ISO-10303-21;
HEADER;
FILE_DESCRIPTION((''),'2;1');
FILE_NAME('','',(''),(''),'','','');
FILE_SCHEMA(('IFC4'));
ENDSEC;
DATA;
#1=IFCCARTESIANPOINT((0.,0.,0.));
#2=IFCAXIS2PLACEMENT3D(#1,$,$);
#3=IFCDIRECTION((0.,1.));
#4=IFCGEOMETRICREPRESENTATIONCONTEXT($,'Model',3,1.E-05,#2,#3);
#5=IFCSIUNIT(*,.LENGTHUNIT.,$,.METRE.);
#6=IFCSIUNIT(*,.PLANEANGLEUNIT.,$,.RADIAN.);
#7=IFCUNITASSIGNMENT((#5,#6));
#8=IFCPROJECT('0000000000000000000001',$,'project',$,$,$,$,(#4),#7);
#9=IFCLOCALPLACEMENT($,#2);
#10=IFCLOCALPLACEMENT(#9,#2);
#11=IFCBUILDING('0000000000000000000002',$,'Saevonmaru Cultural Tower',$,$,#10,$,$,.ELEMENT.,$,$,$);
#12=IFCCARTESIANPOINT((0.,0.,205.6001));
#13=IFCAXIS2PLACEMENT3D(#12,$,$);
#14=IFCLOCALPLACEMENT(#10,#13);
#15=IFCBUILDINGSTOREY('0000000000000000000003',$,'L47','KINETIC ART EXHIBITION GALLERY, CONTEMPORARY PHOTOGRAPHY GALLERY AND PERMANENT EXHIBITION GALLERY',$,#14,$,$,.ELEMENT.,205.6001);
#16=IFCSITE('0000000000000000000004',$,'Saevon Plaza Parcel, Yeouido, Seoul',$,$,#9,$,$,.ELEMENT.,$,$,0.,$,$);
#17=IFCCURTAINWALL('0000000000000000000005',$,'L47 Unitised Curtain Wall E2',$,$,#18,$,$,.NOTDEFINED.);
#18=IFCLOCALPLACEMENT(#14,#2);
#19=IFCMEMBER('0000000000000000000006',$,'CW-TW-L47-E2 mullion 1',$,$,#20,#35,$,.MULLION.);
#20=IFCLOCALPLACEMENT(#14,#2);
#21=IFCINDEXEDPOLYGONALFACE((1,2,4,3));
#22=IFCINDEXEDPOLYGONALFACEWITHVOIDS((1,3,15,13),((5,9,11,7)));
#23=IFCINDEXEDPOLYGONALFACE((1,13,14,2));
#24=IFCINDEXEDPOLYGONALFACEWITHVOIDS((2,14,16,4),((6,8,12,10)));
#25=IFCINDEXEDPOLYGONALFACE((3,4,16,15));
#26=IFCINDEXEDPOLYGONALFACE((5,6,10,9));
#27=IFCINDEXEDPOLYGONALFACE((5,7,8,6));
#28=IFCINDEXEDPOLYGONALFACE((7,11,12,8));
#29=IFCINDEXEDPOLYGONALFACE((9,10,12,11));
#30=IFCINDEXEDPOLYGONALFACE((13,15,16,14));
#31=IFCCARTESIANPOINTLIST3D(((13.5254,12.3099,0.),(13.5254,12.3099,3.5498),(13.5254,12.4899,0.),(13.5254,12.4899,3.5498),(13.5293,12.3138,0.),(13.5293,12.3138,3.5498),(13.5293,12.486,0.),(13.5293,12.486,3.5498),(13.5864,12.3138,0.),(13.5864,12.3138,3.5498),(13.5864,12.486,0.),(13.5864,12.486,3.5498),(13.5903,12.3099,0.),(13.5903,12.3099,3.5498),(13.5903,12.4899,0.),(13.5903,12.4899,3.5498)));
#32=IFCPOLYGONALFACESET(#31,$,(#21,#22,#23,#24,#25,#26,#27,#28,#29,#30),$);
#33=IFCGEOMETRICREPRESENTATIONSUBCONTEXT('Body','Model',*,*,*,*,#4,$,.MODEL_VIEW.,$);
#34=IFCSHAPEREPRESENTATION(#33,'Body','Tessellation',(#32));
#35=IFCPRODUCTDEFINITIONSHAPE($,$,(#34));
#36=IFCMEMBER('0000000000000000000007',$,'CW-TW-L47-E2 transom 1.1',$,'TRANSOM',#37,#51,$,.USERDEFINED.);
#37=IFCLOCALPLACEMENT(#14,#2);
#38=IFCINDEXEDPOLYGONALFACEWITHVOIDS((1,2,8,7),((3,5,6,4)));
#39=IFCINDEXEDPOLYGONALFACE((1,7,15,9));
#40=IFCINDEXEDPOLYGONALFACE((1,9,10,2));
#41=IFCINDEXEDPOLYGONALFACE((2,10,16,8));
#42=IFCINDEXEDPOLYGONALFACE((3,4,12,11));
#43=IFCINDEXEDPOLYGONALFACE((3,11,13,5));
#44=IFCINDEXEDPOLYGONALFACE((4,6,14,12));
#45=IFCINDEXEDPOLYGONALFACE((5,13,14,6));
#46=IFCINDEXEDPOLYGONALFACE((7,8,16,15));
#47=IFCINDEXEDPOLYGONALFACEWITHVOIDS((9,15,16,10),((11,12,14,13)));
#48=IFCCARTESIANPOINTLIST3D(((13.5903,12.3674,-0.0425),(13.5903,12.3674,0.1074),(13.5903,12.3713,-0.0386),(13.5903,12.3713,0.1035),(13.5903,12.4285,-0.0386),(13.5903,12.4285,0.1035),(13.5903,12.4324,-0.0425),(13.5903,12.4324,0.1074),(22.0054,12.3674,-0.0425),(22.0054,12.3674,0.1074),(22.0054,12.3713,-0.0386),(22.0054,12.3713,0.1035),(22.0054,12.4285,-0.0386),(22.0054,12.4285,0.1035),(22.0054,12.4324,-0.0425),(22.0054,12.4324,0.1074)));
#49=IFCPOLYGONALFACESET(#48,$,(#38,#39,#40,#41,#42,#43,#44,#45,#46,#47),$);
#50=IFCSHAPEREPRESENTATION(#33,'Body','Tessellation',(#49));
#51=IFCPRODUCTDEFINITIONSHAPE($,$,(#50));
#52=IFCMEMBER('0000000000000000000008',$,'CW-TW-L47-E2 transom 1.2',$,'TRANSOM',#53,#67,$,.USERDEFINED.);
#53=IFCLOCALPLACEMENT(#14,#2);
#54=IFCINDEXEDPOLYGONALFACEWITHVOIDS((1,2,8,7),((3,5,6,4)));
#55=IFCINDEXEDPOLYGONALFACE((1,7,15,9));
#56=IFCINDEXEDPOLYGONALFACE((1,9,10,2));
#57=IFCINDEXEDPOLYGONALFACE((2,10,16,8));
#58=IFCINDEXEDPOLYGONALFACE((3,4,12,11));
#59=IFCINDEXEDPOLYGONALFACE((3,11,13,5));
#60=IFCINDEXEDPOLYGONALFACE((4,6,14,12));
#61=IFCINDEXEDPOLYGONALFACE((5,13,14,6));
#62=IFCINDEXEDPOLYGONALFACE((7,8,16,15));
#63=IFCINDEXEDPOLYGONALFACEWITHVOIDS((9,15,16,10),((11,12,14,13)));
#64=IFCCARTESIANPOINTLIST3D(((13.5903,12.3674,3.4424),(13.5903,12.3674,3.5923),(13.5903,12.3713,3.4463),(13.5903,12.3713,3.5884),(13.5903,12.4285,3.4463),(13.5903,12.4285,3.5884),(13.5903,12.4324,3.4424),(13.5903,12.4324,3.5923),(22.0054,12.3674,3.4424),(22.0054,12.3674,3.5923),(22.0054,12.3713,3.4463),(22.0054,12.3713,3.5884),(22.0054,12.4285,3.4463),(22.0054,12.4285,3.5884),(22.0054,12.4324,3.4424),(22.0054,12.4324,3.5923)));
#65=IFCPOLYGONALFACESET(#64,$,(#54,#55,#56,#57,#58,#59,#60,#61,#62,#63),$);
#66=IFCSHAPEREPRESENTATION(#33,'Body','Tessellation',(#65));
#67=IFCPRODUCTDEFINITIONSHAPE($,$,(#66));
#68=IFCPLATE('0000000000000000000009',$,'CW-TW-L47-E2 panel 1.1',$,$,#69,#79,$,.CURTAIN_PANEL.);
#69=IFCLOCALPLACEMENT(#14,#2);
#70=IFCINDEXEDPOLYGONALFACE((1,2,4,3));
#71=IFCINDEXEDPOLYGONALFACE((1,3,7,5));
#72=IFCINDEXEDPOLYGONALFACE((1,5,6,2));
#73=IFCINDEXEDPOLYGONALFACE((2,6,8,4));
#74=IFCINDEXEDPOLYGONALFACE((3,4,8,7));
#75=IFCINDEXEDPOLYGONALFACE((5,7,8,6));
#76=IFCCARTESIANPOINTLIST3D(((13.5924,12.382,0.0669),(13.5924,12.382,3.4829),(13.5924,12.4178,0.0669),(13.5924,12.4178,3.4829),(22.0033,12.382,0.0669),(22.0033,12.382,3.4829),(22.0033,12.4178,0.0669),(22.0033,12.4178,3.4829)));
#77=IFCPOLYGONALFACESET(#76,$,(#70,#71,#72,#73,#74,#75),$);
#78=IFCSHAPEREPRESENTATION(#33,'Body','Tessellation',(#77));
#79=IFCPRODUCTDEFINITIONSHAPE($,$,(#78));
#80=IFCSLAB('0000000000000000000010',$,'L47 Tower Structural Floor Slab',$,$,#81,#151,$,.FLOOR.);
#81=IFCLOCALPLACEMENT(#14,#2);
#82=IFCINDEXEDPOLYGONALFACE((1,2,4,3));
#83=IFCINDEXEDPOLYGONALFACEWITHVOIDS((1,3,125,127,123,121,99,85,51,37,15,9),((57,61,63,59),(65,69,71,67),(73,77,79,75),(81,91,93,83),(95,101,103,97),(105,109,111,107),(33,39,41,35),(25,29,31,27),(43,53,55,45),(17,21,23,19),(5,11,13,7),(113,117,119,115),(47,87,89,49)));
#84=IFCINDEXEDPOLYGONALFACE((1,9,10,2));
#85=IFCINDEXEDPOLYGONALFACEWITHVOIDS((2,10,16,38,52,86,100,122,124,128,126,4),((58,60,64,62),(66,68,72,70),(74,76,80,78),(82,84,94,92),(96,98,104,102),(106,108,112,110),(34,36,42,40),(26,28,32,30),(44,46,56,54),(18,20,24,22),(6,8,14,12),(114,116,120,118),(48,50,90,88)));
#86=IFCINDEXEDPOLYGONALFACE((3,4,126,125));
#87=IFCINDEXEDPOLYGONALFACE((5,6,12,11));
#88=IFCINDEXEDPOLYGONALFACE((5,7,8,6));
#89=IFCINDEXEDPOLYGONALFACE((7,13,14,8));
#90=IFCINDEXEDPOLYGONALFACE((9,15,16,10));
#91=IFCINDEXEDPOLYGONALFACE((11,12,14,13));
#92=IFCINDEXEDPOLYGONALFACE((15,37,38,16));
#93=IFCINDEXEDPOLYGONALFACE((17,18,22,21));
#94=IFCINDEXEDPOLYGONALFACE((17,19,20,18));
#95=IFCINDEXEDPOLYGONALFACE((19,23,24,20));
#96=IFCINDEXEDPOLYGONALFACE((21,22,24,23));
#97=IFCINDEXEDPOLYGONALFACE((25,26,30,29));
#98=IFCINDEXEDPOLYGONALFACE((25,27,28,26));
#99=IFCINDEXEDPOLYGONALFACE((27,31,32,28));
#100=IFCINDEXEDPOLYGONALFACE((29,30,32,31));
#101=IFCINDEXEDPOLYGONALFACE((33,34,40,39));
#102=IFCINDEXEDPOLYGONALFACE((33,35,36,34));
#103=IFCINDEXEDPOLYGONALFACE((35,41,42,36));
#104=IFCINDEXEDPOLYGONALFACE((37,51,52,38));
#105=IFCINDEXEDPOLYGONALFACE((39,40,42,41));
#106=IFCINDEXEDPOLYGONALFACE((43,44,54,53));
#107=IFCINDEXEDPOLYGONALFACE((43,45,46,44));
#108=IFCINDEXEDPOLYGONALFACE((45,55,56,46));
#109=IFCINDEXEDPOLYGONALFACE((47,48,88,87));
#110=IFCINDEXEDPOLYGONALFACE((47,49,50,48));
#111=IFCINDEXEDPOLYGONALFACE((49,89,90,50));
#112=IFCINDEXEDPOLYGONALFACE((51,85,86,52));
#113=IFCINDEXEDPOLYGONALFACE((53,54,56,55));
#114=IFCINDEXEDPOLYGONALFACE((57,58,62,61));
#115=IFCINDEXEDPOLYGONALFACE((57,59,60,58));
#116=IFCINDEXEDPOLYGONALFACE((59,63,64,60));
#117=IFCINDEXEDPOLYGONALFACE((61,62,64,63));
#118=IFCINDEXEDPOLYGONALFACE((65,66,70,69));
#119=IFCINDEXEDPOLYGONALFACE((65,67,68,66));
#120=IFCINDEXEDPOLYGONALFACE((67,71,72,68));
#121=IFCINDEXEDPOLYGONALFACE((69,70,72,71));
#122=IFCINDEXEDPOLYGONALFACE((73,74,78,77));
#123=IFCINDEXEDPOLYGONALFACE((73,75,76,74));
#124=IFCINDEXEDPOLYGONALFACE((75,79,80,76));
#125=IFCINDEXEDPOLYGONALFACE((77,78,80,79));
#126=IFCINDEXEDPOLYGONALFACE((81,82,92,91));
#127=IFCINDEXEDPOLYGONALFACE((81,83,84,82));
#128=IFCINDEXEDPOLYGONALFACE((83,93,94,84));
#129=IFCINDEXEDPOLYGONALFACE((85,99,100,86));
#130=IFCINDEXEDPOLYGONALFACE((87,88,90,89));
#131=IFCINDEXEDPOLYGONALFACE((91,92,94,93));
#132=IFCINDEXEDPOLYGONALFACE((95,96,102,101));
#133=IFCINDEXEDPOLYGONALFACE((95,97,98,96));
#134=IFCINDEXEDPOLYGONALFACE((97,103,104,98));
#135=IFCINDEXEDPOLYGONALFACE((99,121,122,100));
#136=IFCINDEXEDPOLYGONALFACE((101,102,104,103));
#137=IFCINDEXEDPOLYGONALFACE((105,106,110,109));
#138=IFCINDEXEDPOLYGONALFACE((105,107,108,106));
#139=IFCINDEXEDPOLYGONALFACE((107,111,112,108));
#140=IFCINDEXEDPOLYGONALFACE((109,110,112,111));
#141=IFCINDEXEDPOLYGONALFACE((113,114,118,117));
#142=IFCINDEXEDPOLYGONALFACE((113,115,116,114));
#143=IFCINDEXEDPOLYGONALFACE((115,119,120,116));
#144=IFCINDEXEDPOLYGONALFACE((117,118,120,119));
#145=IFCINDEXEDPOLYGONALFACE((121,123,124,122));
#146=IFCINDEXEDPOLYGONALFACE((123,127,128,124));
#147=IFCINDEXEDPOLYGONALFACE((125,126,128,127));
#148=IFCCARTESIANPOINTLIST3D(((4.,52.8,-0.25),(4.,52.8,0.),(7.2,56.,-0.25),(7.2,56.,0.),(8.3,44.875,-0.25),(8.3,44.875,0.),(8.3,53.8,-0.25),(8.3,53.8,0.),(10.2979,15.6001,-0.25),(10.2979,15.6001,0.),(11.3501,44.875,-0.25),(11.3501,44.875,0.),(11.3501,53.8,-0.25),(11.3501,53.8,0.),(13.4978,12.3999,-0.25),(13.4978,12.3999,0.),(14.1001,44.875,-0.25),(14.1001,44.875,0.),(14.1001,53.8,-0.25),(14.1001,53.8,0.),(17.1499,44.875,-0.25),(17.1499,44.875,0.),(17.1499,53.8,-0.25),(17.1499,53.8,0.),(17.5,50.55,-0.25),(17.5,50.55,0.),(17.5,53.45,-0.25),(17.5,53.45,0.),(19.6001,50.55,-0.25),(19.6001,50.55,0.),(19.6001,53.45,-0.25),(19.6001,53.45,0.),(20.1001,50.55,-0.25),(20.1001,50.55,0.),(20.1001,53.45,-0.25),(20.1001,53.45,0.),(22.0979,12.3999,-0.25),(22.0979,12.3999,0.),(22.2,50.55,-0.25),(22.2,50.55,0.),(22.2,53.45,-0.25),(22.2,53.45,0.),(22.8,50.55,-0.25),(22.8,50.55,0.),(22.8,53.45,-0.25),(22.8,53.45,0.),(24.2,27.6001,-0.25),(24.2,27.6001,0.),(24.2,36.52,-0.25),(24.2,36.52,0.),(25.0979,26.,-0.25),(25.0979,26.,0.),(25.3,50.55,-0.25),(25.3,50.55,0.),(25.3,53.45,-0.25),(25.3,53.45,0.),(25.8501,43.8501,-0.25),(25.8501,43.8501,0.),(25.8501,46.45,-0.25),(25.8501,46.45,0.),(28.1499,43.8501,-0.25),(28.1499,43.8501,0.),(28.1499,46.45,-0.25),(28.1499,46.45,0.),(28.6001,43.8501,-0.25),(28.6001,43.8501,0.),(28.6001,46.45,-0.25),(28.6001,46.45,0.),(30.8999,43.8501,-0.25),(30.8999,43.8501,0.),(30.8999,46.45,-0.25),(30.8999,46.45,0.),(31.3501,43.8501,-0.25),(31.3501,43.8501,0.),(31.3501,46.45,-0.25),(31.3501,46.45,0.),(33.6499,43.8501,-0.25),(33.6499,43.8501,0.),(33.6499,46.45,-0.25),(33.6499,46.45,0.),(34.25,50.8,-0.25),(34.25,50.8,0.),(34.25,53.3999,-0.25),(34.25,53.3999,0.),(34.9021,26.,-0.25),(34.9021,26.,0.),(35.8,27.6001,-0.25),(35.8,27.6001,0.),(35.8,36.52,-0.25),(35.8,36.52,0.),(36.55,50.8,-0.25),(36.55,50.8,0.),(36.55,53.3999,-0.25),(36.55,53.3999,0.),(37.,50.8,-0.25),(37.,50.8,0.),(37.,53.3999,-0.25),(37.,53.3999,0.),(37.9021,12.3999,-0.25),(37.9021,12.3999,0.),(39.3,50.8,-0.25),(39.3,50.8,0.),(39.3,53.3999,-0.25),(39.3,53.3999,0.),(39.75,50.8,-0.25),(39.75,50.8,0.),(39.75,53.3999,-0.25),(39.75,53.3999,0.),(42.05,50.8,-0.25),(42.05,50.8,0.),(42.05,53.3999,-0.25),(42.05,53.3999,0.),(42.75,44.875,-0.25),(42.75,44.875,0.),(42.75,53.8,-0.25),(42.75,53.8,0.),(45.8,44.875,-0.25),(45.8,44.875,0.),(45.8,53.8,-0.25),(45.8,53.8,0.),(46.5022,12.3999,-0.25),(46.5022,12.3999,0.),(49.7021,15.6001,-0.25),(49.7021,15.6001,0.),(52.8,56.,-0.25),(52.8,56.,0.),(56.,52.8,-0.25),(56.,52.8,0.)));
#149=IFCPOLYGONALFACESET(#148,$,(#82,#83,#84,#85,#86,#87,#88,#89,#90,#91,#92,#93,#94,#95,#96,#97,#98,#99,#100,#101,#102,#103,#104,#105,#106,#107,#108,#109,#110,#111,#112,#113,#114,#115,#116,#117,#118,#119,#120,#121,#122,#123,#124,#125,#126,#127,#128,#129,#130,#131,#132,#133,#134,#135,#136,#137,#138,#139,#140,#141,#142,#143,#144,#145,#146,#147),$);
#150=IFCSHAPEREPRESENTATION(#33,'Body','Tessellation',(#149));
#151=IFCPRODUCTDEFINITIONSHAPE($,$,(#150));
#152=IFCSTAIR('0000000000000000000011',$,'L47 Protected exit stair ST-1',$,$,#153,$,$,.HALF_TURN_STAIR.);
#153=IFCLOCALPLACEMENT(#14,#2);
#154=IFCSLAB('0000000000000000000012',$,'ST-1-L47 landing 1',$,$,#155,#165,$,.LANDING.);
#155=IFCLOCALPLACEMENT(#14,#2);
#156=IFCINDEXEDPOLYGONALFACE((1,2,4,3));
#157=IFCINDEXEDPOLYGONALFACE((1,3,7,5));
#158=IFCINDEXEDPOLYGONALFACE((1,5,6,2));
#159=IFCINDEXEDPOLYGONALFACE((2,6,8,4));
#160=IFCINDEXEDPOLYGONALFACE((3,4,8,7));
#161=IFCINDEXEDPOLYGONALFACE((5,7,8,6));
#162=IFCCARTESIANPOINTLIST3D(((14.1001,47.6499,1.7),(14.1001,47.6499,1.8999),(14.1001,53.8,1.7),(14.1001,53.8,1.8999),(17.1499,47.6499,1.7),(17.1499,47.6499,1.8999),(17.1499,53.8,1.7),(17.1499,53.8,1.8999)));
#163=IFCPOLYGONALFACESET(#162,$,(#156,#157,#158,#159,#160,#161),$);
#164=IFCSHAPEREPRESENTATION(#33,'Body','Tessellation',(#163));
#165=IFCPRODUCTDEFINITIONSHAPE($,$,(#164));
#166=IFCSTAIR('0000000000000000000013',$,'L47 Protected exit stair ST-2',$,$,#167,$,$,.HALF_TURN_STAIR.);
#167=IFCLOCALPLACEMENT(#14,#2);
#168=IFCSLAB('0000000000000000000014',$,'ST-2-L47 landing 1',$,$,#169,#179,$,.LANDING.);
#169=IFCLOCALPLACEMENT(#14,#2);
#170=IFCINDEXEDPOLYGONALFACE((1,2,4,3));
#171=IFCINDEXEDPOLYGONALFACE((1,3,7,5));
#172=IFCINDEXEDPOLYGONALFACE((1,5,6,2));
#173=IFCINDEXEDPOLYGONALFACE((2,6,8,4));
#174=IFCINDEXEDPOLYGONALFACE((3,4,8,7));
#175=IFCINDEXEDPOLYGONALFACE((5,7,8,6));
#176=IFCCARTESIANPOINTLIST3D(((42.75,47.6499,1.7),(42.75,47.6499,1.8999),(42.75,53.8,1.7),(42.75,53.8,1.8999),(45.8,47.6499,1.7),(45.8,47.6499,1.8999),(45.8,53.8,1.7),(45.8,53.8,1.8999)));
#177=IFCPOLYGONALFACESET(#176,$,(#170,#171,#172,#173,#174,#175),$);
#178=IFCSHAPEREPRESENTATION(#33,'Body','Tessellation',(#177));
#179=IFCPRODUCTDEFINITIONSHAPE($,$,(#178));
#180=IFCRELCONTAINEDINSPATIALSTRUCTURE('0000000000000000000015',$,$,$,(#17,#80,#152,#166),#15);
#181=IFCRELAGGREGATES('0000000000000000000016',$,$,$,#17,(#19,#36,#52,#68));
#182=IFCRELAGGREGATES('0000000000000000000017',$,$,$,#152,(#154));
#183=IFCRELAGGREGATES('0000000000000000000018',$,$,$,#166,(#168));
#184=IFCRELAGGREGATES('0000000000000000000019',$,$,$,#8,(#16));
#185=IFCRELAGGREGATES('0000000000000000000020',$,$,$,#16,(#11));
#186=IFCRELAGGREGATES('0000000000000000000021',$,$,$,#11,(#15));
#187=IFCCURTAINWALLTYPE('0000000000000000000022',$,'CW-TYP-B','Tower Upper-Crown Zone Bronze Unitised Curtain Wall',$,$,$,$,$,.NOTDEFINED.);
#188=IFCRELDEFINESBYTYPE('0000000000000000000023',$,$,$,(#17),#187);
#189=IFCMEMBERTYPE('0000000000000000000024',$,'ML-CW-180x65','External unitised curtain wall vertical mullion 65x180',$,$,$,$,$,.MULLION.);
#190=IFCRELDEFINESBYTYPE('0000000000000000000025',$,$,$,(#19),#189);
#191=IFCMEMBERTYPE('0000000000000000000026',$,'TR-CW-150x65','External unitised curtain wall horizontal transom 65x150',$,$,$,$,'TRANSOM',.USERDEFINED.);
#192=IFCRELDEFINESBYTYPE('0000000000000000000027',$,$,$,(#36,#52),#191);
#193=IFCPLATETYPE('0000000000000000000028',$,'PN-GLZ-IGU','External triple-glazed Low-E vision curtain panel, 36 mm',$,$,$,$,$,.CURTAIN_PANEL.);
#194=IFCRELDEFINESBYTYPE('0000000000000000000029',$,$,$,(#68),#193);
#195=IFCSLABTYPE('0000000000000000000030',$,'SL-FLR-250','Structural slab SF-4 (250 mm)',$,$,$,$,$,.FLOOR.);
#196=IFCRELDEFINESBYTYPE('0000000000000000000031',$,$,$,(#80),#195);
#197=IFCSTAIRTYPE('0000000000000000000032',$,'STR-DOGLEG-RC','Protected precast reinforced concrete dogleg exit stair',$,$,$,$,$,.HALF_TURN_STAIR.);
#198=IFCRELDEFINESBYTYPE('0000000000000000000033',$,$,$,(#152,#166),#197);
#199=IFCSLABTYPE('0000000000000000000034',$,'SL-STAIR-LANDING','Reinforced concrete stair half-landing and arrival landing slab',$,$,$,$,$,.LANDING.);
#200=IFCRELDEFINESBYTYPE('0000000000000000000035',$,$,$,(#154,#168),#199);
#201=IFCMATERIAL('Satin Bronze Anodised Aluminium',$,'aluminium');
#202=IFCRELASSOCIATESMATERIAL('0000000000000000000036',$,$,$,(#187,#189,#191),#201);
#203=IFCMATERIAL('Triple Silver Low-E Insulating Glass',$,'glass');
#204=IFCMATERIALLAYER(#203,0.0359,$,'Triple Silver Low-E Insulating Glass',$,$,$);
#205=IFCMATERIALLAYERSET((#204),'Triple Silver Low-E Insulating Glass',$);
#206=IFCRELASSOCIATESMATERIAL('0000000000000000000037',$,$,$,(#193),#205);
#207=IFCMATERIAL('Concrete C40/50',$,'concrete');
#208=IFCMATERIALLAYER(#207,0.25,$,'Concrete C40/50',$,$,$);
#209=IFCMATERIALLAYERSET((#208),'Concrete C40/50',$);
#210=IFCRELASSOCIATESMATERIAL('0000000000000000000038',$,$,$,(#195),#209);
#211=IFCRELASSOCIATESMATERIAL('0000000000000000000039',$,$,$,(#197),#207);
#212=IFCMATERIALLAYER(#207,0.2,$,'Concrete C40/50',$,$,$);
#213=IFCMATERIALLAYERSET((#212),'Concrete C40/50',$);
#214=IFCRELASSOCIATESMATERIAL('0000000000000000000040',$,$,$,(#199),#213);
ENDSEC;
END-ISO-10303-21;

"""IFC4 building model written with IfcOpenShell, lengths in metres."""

from ifc_helpers import new_model, si_unit, direction, frame, origin, origin_2d, place, context, subcontext, project, spatial, polyline, rectangle, hollow_rectangle, outline, extrude, material, layer, layer_set, material_profile, profile_set, type_object, element, aggregate, save


model = new_model("IFC4")

# Units and contexts
model_context = context("Model", 3, precision=1e-05, world=origin(), true_north=direction((0.0, 1.0)))
body_context = subcontext(model_context, "Body", "Model", "MODEL_VIEW")
ifc_project = project(units=[si_unit("LENGTHUNIT", "METRE"), si_unit("PLANEANGLEUNIT", "RADIAN")], contexts=[model_context])

# Site, building, storey
site_placement = place(None, origin())
site = spatial("IfcSite", under=ifc_project, at=site_placement, Name="Saevon Plaza Parcel, Yeouido, Seoul", CompositionType="ELEMENT", RefElevation=0.0)
building_placement = place(site_placement, origin())
building = spatial("IfcBuilding", under=site, at=building_placement, Name="Saevonmaru Cultural Tower", CompositionType="ELEMENT")
storey_placement = place(building_placement, frame((0.0, 0.0, 205.6001)))
storey = spatial("IfcBuildingStorey", under=building, at=storey_placement, Name="L47", Description="KINETIC ART EXHIBITION GALLERY, CONTEMPORARY PHOTOGRAPHY GALLERY AND PERMANENT EXHIBITION GALLERY", CompositionType="ELEMENT", Elevation=205.6001)

# Curtain wall, members, plate
ifc_material_1 = material(Name="Satin Bronze Anodised Aluminium", Category="aluminium")
curtain_wall_type = type_object("IfcCurtainWallType", Name="CW-TYP-B", Description="Tower Upper-Crown Zone Bronze Unitised Curtain Wall", PredefinedType="NOTDEFINED", material=ifc_material_1)
curtain_wall_placement = place(storey_placement, origin())
curtain_wall = element("IfcCurtainWall", 1, at=curtain_wall_placement, inside=storey, type_object=curtain_wall_type, Name="L47 Unitised Curtain Wall E2", PredefinedType="NOTDEFINED")
ifc_material_profile_1 = material_profile(ifc_material_1, hollow_rectangle(XDim=0.0649, YDim=0.1799, WallThickness=0.0039, at=origin_2d()), Name="ALU-MULL-180x65x4")
ifc_profile_set_1 = profile_set([ifc_material_profile_1], Name="Satin Bronze Anodised Aluminium")
member_type_1 = type_object("IfcMemberType", Name="ML-CW-180x65", Description="External unitised curtain wall vertical mullion 65x180", PredefinedType="MULLION", material=ifc_profile_set_1)
member_1_placement = place(storey_placement, frame((13.5579, 12.3999, 0.0), z_axis=(0.0, 0.0, 1.0), x_axis=(1.0, 0.0, 0.0)))
member_1 = element("IfcMember", 2, at=member_1_placement, type_object=member_type_1, Name="CW-TW-L47-E2 mullion 1", PredefinedType="MULLION", context=body_context, shape_type="SweptSolid", body=[
    extrude(hollow_rectangle(XDim=0.0649, YDim=0.1799, WallThickness=0.0039, at=origin_2d()), origin(), (0.0, 0.0, 1.0), 3.5498),
])
ifc_material_profile_2 = material_profile(ifc_material_1, hollow_rectangle(XDim=0.0649, YDim=0.1499, WallThickness=0.0039, at=origin_2d()), Name="ALU-TRAN-150x65x4")
ifc_profile_set_2 = profile_set([ifc_material_profile_2], Name="Satin Bronze Anodised Aluminium")
member_type_2 = type_object("IfcMemberType", Name="TR-CW-150x65", Description="External unitised curtain wall horizontal transom 65x150", ElementType="TRANSOM", PredefinedType="USERDEFINED", material=ifc_profile_set_2)
member_2_placement = place(storey_placement, frame((13.5903, 12.3999, 0.0325), z_axis=(1.0, 0.0, 0.0), x_axis=(0.0, 1.0, 0.0)))
member_2 = element("IfcMember", 3, at=member_2_placement, type_object=member_type_2, Name="CW-TW-L47-E2 transom 1.1", ObjectType="TRANSOM", PredefinedType="USERDEFINED", context=body_context, shape_type="SweptSolid", body=[
    extrude(hollow_rectangle(XDim=0.0649, YDim=0.1499, WallThickness=0.0039, at=origin_2d()), origin(), (0.0, 0.0, 1.0), 8.415),
])
member_3_placement = place(storey_placement, frame((13.5903, 12.3999, 3.5173), z_axis=(1.0, 0.0, 0.0), x_axis=(0.0, 1.0, 0.0)))
member_3 = element("IfcMember", 4, at=member_3_placement, type_object=member_type_2, Name="CW-TW-L47-E2 transom 1.2", ObjectType="TRANSOM", PredefinedType="USERDEFINED", context=body_context, shape_type="SweptSolid", body=[
    extrude(hollow_rectangle(XDim=0.0649, YDim=0.1499, WallThickness=0.0039, at=origin_2d()), origin(), (0.0, 0.0, 1.0), 8.415),
])
ifc_material_2 = material(Name="Triple Silver Low-E Insulating Glass", Category="glass")
ifc_layer_1 = layer(ifc_material_2, 0.0359, Name="Triple Silver Low-E Insulating Glass")
ifc_layer_set_1 = layer_set([ifc_layer_1], Name="Triple Silver Low-E Insulating Glass")
plate_type = type_object("IfcPlateType", Name="PN-GLZ-IGU", Description="External triple-glazed Low-E vision curtain panel, 36 mm", PredefinedType="CURTAIN_PANEL", material=ifc_layer_set_1)
plate_placement = place(storey_placement, frame((17.7979, 12.3999, 0.0669), z_axis=(0.0, 0.0, 1.0), x_axis=(1.0, 0.0, 0.0)))
plate = element("IfcPlate", 5, at=plate_placement, type_object=plate_type, Name="CW-TW-L47-E2 panel 1.1", PredefinedType="CURTAIN_PANEL", context=body_context, shape_type="SweptSolid", body=[
    extrude(rectangle(XDim=8.4109, YDim=0.0359, at=origin_2d()), origin(), (0.0, 0.0, 1.0), 3.416),
])
aggregate(curtain_wall, [member_1, member_2, member_3, plate])

# Slab
ifc_material_3 = material(Name="Concrete C40/50", Category="concrete")
ifc_layer_2 = layer(ifc_material_3, 0.25, Name="Concrete C40/50")
ifc_layer_set_2 = layer_set([ifc_layer_2], Name="Concrete C40/50")
slab_type_1 = type_object("IfcSlabType", Name="SL-FLR-250", Description="Structural slab SF-4 (250 mm)", PredefinedType="FLOOR", material=ifc_layer_set_2)
slab_1_placement = place(storey_placement, frame((0.0, 0.0, -0.25)))
element("IfcSlab", 6, at=slab_1_placement, inside=storey, type_object=slab_type_1, Name="L47 Tower Structural Floor Slab", PredefinedType="FLOOR", context=body_context, shape_type="SweptSolid", body=[
    extrude(outline(polyline([(10.2979, 15.6001), (13.4978, 12.3999), (22.0979, 12.3999), (25.0979, 26.0), (34.9021, 26.0), (37.9021, 12.3999), (46.5022, 12.3999), (49.7021, 15.6001), (56.0, 52.8), (52.8, 56.0), (7.2, 56.0), (4.0, 52.8), (10.2979, 15.6001)]), holes=[polyline([(45.8, 44.875), (42.75, 44.875), (42.75, 53.8), (45.8, 53.8), (45.8, 44.875)]), polyline([(39.75, 50.8), (39.75, 53.3999), (42.05, 53.3999), (42.05, 50.8), (39.75, 50.8)]), polyline([(37.0, 50.8), (37.0, 53.3999), (39.3, 53.3999), (39.3, 50.8), (37.0, 50.8)]), polyline([(34.25, 50.8), (34.25, 53.3999), (36.55, 53.3999), (36.55, 50.8), (34.25, 50.8)]), polyline([(24.2, 27.6001), (24.2, 36.52), (35.8, 36.52), (35.8, 27.6001), (24.2, 27.6001)]), polyline([(31.3501, 43.8501), (31.3501, 46.45), (33.6499, 46.45), (33.6499, 43.8501), (31.3501, 43.8501)]), polyline([(28.6001, 43.8501), (28.6001, 46.45), (30.8999, 46.45), (30.8999, 43.8501), (28.6001, 43.8501)]), polyline([(28.1499, 43.8501), (25.8501, 43.8501), (25.8501, 46.45), (28.1499, 46.45), (28.1499, 43.8501)]), polyline([(25.3, 50.55), (22.8, 50.55), (22.8, 53.45), (25.3, 53.45), (25.3, 50.55)]), polyline([(20.1001, 50.55), (20.1001, 53.45), (22.2, 53.45), (22.2, 50.55), (20.1001, 50.55)]), polyline([(17.5, 50.55), (17.5, 53.45), (19.6001, 53.45), (19.6001, 50.55), (17.5, 50.55)]), polyline([(17.1499, 53.8), (17.1499, 44.875), (14.1001, 44.875), (14.1001, 53.8), (17.1499, 53.8)]), polyline([(11.3501, 44.875), (8.3, 44.875), (8.3, 53.8), (11.3501, 53.8), (11.3501, 44.875)])]), origin(), (0.0, 0.0, 1.0), 0.25),
])

# Stairs, slabs
stair_type = type_object("IfcStairType", Name="STR-DOGLEG-RC", Description="Protected precast reinforced concrete dogleg exit stair", PredefinedType="HALF_TURN_STAIR", material=ifc_material_3)
stair_1_placement = place(storey_placement, origin())
stair_1 = element("IfcStair", 7, at=stair_1_placement, inside=storey, type_object=stair_type, Name="L47 Protected exit stair ST-1", PredefinedType="HALF_TURN_STAIR")
ifc_layer_3 = layer(ifc_material_3, 0.2, Name="Concrete C40/50")
ifc_layer_set_3 = layer_set([ifc_layer_3], Name="Concrete C40/50")
slab_type_2 = type_object("IfcSlabType", Name="SL-STAIR-LANDING", Description="Reinforced concrete stair half-landing and arrival landing slab", PredefinedType="LANDING", material=ifc_layer_set_3)
slab_2_placement = place(storey_placement, frame((0.0, 0.0, 1.7)))
slab_2 = element("IfcSlab", 8, at=slab_2_placement, type_object=slab_type_2, Name="ST-1-L47 landing 1", PredefinedType="LANDING", context=body_context, shape_type="SweptSolid", body=[
    extrude(outline(polyline([(17.1499, 47.6499), (17.1499, 53.8), (14.1001, 53.8), (14.1001, 47.6499), (17.1499, 47.6499)])), origin(), (0.0, 0.0, 1.0), 0.2),
])
aggregate(stair_1, [slab_2])
stair_2_placement = place(storey_placement, origin())
stair_2 = element("IfcStair", 9, at=stair_2_placement, inside=storey, type_object=stair_type, Name="L47 Protected exit stair ST-2", PredefinedType="HALF_TURN_STAIR")
slab_3_placement = place(storey_placement, frame((0.0, 0.0, 1.7)))
slab_3 = element("IfcSlab", 10, at=slab_3_placement, type_object=slab_type_2, Name="ST-2-L47 landing 1", PredefinedType="LANDING", context=body_context, shape_type="SweptSolid", body=[
    extrude(outline(polyline([(45.8, 47.6499), (45.8, 53.8), (42.75, 53.8), (42.75, 47.6499), (45.8, 47.6499)])), origin(), (0.0, 0.0, 1.0), 0.2),
])
aggregate(stair_2, [slab_3])

save(model, "model.ifc")
